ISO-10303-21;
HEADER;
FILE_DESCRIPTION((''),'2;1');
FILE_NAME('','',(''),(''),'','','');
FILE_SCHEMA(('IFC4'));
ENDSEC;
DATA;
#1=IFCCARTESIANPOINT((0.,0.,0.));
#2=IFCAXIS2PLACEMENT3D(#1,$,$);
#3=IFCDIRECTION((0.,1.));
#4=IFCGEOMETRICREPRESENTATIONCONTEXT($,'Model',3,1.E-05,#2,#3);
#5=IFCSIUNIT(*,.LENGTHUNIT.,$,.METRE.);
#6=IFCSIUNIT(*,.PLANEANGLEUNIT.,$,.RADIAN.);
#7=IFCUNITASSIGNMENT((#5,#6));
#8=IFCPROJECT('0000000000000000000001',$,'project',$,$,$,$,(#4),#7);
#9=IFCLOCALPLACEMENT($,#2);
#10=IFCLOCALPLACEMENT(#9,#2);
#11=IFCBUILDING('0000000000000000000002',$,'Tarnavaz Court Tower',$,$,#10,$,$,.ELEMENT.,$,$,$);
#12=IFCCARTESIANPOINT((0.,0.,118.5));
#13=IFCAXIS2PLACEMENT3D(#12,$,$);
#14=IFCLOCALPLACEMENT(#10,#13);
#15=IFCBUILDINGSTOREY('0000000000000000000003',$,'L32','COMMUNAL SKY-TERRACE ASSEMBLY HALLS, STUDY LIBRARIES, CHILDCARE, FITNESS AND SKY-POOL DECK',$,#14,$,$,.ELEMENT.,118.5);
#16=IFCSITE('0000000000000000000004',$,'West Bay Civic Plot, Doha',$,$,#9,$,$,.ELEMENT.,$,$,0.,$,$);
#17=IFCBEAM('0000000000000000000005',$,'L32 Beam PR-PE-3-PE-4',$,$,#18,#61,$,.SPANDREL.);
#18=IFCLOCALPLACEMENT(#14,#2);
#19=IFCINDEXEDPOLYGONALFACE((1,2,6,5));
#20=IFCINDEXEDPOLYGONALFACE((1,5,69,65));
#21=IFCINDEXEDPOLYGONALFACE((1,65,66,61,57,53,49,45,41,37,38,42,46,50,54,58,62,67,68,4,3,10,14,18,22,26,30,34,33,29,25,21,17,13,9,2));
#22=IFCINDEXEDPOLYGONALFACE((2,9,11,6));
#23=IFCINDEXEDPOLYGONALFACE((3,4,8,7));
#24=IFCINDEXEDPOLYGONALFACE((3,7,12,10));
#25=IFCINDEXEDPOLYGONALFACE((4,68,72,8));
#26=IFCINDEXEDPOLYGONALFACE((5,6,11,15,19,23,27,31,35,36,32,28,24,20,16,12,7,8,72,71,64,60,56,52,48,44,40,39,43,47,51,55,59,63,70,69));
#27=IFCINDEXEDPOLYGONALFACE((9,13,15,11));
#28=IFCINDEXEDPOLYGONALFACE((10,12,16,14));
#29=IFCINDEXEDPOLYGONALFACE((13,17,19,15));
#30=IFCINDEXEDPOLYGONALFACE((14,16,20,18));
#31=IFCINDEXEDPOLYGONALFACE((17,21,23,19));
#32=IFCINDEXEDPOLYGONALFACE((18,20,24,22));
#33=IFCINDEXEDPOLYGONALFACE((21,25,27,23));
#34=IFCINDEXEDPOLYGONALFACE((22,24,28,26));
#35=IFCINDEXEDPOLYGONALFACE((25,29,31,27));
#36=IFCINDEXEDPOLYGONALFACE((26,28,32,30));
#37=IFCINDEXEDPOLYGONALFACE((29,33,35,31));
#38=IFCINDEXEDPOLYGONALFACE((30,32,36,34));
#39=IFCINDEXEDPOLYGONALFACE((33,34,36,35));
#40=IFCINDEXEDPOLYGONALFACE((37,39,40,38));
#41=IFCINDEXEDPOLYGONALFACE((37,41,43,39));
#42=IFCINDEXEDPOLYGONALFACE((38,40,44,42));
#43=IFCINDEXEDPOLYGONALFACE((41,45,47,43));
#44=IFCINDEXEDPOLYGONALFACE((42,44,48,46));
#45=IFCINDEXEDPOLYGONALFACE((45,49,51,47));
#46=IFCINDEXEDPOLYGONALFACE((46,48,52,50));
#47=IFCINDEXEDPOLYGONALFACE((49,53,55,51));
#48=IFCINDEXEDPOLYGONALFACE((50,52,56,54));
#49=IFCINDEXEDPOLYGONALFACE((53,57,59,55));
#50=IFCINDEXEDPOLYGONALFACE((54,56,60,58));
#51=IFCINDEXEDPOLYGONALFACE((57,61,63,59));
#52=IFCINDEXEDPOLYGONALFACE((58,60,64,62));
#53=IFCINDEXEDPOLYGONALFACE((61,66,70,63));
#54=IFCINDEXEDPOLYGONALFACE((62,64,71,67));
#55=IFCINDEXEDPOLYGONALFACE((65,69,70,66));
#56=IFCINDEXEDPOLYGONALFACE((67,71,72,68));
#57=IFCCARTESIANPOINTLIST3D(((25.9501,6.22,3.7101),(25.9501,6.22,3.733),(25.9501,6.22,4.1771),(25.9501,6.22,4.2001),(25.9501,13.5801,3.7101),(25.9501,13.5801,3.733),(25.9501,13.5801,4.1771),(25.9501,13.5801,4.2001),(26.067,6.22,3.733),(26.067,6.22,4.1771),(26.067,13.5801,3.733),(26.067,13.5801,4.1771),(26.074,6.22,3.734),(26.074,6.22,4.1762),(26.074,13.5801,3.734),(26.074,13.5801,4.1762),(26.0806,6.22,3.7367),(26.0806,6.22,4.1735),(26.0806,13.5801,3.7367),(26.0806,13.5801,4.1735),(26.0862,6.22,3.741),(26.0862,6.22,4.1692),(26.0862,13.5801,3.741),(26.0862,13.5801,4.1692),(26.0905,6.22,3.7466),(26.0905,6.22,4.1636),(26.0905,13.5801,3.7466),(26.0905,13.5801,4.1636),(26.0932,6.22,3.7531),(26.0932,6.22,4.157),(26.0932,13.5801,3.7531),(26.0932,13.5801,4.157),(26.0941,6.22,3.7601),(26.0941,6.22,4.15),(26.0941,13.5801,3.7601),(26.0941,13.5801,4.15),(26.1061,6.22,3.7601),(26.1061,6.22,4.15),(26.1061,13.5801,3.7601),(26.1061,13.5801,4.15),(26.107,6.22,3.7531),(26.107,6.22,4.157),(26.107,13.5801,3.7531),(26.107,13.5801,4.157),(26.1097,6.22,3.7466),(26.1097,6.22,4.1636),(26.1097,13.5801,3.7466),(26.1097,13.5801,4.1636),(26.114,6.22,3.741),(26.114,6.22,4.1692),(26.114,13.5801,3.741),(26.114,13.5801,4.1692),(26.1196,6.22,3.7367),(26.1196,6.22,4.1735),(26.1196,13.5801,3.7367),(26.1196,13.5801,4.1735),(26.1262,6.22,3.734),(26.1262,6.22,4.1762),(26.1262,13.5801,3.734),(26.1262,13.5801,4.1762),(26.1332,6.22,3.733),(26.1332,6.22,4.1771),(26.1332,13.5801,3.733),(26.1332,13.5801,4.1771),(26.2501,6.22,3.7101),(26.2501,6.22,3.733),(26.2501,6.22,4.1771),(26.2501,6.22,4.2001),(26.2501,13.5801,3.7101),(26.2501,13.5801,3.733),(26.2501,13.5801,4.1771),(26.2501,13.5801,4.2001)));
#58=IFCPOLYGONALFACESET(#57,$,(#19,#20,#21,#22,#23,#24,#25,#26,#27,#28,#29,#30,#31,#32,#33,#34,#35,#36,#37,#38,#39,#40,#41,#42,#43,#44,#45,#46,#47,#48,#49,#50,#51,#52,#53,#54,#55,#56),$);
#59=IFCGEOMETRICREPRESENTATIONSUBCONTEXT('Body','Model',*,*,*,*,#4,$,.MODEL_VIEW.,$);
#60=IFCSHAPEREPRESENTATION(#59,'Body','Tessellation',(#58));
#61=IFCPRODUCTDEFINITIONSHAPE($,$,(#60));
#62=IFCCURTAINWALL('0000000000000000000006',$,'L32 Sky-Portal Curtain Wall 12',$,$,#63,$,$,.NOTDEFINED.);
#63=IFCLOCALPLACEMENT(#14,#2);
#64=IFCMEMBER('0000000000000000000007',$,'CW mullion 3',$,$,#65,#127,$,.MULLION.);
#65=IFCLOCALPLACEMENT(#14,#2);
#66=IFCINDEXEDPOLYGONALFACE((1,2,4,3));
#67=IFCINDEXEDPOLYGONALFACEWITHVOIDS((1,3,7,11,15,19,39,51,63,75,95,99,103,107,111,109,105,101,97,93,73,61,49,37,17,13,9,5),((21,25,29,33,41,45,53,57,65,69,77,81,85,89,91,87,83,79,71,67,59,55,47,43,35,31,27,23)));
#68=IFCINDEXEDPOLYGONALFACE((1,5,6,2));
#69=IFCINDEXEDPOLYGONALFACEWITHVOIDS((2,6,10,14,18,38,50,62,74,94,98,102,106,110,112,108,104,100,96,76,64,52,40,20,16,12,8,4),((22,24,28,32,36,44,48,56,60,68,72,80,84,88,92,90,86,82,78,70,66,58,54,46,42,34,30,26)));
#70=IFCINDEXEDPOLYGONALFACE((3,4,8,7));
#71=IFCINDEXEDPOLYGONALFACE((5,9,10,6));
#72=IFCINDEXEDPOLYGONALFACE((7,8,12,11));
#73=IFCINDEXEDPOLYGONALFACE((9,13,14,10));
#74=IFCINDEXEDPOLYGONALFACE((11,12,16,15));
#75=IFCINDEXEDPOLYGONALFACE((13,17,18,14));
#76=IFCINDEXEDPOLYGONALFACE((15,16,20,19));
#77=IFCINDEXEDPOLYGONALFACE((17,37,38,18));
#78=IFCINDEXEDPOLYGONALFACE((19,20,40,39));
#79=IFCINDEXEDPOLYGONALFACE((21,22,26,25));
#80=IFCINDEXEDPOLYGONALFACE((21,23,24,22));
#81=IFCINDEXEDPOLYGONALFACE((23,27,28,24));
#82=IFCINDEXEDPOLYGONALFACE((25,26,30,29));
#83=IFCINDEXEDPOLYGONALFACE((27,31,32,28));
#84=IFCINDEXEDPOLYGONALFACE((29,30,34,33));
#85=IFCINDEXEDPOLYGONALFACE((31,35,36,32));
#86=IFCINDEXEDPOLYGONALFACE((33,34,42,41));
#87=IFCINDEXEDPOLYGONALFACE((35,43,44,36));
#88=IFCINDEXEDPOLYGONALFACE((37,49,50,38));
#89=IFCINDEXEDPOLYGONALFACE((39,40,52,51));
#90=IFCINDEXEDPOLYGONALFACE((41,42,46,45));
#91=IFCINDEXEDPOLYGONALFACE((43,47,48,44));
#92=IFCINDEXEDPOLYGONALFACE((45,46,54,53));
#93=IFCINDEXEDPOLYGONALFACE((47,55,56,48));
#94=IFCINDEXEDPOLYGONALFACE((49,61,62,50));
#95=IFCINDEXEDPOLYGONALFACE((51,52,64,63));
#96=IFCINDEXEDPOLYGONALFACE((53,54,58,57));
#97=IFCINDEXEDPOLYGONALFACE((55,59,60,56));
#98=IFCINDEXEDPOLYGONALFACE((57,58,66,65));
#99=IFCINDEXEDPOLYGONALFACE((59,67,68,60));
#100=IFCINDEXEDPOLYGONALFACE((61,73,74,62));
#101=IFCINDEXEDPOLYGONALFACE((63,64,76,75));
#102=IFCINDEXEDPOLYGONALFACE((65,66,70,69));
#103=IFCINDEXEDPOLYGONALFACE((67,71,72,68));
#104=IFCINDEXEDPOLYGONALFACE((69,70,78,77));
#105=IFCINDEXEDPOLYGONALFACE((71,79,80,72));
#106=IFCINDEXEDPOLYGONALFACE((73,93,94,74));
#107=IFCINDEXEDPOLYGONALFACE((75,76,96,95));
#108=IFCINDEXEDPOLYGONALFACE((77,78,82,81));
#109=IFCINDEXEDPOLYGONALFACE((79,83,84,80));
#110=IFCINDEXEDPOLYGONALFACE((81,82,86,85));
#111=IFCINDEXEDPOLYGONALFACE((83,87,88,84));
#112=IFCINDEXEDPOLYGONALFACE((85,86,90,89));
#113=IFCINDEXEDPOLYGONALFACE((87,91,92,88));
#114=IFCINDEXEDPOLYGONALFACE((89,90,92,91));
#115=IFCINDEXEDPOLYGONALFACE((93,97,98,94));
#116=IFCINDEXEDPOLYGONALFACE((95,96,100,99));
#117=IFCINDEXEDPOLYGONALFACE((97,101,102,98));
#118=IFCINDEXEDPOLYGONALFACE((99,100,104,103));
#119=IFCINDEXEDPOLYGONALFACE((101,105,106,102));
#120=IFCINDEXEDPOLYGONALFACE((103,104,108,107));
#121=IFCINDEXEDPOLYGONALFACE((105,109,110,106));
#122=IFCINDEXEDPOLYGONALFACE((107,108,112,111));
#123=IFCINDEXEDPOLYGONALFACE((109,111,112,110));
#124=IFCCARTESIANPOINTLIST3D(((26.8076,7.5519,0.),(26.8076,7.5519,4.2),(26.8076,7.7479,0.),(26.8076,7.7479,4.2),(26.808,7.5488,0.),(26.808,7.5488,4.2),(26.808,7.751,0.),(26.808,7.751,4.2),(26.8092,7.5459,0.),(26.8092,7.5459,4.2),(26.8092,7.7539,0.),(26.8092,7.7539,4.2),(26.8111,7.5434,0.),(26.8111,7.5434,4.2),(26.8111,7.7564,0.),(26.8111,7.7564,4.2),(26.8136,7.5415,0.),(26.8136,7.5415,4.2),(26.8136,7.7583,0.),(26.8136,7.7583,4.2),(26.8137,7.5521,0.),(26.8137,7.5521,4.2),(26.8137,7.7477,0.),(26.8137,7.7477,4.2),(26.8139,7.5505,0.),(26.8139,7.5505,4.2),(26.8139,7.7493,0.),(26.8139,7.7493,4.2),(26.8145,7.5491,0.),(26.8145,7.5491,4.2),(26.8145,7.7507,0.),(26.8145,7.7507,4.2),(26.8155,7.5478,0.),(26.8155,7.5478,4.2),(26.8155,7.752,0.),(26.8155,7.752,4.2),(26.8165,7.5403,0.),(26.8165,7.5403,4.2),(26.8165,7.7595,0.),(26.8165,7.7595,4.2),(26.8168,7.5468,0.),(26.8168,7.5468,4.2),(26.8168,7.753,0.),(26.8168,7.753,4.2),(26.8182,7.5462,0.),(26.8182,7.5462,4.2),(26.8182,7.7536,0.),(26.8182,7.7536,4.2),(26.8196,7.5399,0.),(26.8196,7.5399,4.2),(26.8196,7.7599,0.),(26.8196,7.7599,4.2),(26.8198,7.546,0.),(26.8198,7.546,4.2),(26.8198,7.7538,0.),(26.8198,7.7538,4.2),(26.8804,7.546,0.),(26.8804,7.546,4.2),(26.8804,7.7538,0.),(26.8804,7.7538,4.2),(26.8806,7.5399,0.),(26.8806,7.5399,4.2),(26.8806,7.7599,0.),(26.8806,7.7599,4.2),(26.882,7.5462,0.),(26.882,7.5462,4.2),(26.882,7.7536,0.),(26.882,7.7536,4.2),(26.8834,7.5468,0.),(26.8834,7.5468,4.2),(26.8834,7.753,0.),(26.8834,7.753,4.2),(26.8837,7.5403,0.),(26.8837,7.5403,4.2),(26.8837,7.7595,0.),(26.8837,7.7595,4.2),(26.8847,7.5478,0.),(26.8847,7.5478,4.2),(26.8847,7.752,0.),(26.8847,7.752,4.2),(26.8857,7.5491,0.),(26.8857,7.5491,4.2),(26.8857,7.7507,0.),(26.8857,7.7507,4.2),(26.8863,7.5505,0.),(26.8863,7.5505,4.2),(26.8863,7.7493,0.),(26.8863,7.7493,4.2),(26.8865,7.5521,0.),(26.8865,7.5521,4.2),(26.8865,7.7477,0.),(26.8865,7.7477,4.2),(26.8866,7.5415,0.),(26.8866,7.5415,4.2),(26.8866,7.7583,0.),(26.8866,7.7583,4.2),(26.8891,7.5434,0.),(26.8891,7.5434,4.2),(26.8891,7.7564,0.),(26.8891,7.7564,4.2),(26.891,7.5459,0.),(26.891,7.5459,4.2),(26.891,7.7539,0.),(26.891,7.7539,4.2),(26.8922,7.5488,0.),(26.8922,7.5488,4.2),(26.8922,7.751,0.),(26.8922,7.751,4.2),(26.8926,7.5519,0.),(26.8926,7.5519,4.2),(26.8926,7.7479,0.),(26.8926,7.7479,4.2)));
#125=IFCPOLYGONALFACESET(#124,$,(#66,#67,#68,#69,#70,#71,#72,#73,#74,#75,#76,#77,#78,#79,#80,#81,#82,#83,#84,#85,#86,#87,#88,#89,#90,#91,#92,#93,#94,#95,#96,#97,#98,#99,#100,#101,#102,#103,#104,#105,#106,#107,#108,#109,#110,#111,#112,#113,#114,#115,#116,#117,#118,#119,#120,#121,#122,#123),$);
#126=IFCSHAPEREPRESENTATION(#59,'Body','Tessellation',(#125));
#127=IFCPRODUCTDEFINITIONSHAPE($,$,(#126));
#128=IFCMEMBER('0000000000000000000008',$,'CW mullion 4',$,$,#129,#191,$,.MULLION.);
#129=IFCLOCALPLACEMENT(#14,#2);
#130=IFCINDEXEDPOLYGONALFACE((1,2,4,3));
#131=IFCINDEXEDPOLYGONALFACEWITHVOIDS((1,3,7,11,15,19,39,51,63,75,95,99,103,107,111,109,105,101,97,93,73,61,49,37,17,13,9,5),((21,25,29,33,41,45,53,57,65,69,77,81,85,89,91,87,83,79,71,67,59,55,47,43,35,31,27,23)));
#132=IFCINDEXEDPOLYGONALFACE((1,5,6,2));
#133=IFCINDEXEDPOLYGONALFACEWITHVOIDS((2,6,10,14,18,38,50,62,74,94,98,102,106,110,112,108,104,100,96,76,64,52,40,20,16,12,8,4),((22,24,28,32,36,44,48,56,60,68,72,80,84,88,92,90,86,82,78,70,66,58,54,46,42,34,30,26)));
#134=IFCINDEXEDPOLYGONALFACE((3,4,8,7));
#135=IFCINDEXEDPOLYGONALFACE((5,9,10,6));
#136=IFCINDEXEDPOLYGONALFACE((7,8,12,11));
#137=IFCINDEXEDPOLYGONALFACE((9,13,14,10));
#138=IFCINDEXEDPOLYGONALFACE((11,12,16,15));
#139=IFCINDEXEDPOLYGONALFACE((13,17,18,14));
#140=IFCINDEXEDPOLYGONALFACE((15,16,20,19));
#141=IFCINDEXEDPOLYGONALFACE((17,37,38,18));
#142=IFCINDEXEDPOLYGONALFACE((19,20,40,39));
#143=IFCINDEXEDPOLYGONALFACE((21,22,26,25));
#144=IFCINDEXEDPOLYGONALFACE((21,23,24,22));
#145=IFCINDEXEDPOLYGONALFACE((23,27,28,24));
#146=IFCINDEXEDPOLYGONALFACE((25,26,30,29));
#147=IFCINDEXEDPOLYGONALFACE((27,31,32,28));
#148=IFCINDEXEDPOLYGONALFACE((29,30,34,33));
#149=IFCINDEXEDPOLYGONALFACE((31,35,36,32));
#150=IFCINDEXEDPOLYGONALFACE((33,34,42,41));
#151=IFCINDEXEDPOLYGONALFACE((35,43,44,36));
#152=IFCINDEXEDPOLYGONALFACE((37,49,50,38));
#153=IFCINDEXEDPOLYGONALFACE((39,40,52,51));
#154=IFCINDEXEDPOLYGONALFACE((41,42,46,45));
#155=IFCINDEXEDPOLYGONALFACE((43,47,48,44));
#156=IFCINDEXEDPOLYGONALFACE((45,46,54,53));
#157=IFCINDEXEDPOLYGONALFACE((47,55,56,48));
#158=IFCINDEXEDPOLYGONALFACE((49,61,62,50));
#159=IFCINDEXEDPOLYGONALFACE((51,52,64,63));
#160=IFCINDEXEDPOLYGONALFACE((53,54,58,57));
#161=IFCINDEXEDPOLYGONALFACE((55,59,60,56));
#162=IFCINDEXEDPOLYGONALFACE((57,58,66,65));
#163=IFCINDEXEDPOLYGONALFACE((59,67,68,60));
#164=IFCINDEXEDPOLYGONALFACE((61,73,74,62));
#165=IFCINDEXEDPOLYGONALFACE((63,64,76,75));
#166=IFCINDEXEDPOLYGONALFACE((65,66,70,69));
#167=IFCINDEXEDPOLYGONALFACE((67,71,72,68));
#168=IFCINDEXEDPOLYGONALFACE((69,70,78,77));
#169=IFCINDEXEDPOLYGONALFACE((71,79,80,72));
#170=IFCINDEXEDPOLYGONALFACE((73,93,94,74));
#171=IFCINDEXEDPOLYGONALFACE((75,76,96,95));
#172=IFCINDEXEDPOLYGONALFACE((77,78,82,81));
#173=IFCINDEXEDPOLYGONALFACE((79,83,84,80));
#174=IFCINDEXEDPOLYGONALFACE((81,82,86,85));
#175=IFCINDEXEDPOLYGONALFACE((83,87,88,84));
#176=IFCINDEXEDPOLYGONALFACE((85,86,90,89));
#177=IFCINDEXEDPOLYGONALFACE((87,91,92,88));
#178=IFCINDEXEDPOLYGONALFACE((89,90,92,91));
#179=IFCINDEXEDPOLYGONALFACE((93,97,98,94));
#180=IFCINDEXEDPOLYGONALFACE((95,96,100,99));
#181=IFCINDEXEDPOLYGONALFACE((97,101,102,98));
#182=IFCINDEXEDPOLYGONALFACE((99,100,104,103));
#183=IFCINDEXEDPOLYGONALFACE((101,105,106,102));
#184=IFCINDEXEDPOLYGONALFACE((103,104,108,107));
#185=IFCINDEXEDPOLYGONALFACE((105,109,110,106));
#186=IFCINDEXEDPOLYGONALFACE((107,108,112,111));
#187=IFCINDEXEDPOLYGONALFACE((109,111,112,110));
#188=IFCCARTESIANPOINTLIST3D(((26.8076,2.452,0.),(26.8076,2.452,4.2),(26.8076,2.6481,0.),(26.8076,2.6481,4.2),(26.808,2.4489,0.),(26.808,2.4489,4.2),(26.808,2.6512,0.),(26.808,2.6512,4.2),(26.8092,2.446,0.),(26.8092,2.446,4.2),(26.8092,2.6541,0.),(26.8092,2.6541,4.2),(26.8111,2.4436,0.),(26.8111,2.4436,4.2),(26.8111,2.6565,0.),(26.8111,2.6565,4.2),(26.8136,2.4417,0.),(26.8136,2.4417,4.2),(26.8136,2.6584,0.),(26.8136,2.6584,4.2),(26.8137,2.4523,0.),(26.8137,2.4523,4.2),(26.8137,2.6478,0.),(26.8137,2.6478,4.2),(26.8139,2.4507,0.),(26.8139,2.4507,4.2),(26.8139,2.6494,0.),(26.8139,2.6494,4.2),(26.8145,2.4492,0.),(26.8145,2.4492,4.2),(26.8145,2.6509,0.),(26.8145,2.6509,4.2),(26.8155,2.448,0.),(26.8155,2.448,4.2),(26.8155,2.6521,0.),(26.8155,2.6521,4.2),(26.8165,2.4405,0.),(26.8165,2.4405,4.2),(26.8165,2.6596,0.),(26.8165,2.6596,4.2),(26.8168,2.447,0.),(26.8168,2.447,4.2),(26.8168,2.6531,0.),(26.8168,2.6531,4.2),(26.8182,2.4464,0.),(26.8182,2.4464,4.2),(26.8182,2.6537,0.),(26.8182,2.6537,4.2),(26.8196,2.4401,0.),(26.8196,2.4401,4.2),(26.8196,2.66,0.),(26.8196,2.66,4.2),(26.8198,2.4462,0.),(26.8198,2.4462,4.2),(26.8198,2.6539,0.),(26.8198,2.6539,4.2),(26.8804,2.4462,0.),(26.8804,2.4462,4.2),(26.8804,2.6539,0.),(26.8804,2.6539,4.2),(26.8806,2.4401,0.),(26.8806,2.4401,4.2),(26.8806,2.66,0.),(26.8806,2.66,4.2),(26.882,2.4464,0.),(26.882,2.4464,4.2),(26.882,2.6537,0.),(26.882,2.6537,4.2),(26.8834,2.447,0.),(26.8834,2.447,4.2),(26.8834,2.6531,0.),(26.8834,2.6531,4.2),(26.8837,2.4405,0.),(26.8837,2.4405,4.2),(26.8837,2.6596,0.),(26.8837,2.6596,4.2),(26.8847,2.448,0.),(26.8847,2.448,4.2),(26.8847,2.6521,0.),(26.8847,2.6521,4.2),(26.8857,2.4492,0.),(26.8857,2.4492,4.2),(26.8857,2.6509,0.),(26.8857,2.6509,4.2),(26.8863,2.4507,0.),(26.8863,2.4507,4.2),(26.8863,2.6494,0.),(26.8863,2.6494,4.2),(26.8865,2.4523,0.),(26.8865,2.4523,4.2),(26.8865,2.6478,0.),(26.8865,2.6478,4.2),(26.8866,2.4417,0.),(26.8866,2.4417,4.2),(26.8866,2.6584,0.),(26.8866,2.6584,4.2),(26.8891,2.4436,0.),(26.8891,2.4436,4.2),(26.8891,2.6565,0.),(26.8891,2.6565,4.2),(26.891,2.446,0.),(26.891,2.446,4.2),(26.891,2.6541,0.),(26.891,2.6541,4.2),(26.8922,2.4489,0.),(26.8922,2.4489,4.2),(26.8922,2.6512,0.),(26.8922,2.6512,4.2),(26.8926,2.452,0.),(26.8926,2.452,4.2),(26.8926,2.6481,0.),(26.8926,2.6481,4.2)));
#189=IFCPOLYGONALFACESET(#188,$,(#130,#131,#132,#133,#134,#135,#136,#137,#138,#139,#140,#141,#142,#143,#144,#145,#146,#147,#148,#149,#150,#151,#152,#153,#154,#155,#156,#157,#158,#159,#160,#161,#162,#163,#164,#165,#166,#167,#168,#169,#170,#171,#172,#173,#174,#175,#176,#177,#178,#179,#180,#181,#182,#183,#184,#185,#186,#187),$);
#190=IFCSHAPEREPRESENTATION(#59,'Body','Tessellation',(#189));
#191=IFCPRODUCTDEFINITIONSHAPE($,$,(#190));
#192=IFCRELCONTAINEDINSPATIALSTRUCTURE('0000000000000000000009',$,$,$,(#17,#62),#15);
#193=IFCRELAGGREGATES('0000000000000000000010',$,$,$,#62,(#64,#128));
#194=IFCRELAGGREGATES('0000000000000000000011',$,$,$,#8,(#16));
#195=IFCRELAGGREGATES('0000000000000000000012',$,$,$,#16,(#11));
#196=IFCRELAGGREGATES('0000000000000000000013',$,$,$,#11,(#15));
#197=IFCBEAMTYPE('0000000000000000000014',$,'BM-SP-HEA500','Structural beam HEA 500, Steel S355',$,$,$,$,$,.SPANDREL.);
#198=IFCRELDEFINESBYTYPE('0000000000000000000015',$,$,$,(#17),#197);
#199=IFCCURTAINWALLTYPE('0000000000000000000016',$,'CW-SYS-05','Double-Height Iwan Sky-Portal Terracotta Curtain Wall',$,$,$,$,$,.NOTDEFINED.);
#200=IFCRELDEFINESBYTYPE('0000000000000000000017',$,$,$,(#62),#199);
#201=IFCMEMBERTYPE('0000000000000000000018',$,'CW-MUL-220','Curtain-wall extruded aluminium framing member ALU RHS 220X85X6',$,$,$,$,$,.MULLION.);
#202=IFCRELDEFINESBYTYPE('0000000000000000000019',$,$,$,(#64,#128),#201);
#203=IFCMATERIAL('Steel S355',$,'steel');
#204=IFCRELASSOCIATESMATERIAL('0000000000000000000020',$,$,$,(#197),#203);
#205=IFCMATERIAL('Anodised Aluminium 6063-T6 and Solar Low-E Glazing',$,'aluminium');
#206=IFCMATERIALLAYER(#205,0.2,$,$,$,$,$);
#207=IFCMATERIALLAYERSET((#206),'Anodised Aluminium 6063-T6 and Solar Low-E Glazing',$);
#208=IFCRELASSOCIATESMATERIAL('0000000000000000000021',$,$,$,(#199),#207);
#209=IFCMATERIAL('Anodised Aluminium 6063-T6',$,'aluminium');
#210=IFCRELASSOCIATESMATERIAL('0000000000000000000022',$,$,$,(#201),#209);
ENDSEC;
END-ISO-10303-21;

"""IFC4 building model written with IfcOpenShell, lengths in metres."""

from ifc_helpers import new_model, si_unit, direction, frame, origin, origin_2d, place, context, subcontext, project, spatial, hollow_rectangle, i_section, extrude, material, layer, layer_set, material_profile, profile_set, type_object, element, aggregate, save


model = new_model("IFC4")

# Units and contexts
model_context = context("Model", 3, precision=1e-05, world=origin(), true_north=direction((0.0, 1.0)))
body_context = subcontext(model_context, "Body", "Model", "MODEL_VIEW")
ifc_project = project(units=[si_unit("LENGTHUNIT", "METRE"), si_unit("PLANEANGLEUNIT", "RADIAN")], contexts=[model_context])

# Site, building, storey
site_placement = place(None, origin())
site = spatial("IfcSite", under=ifc_project, at=site_placement, Name="West Bay Civic Plot, Doha", CompositionType="ELEMENT", RefElevation=0.0)
building_placement = place(site_placement, origin())
building = spatial("IfcBuilding", under=site, at=building_placement, Name="Tarnavaz Court Tower", CompositionType="ELEMENT")
storey_placement = place(building_placement, frame((0.0, 0.0, 118.5)))
storey = spatial("IfcBuildingStorey", under=building, at=storey_placement, Name="L32", Description="COMMUNAL SKY-TERRACE ASSEMBLY HALLS, STUDY LIBRARIES, CHILDCARE, FITNESS AND SKY-POOL DECK", CompositionType="ELEMENT", Elevation=118.5)

# Beam
ifc_material_1 = material(Name="Steel S355", Category="steel")
ifc_material_profile_1 = material_profile(ifc_material_1, i_section(OverallWidth=0.3, OverallDepth=0.49, WebThickness=0.012, FlangeThickness=0.0229, FilletRadius=0.0271, at=origin_2d()), Name="HEA 500")
ifc_profile_set_1 = profile_set([ifc_material_profile_1], Name="Steel S355")
beam_type_1 = type_object("IfcBeamType", Name="BM-SP-HEA500", Description="Structural beam HEA 500, Steel S355", PredefinedType="SPANDREL", material=ifc_profile_set_1)
beam_1_placement = place(storey_placement, frame((26.1001, 6.22, 3.9551), z_axis=(0.0, 1.0, 0.0), x_axis=(-1.0, 0.0, 0.0)))
element("IfcBeam", 1, at=beam_1_placement, inside=storey, type_object=beam_type_1, Name="L32 Beam PR-PE-3-PE-4", PredefinedType="SPANDREL", context=body_context, shape_type="SweptSolid", body=[
    extrude(i_section(OverallWidth=0.3, OverallDepth=0.49, WebThickness=0.012, FlangeThickness=0.0229, FilletRadius=0.0271, at=origin_2d()), origin(), (0.0, 0.0, 1.0), 7.3601),
])

# Curtain wall, members
ifc_material_2 = material(Name="Anodised Aluminium 6063-T6 and Solar Low-E Glazing", Category="aluminium")
ifc_layer_1 = layer(ifc_material_2, 0.2)
ifc_layer_set_1 = layer_set([ifc_layer_1], Name="Anodised Aluminium 6063-T6 and Solar Low-E Glazing")
curtain_wall_type = type_object("IfcCurtainWallType", Name="CW-SYS-05", Description="Double-Height Iwan Sky-Portal Terracotta Curtain Wall", PredefinedType="NOTDEFINED", material=ifc_layer_set_1)
curtain_wall_placement = place(storey_placement, origin())
curtain_wall = element("IfcCurtainWall", 2, at=curtain_wall_placement, inside=storey, type_object=curtain_wall_type, Name="L32 Sky-Portal Curtain Wall 12", PredefinedType="NOTDEFINED")
ifc_material_3 = material(Name="Anodised Aluminium 6063-T6", Category="aluminium")
ifc_material_profile_2 = material_profile(ifc_material_3, hollow_rectangle(XDim=0.085, YDim=0.22, WallThickness=0.0061, InnerFilletRadius=0.0061, OuterFilletRadius=0.012, at=origin_2d()), Name="ALU RHS 220X85X6")
ifc_profile_set_2 = profile_set([ifc_material_profile_2], Name="Anodised Aluminium 6063-T6")
member_type_1 = type_object("IfcMemberType", Name="CW-MUL-220", Description="Curtain-wall extruded aluminium framing member ALU RHS 220X85X6", PredefinedType="MULLION", material=ifc_profile_set_2)
member_1_placement = place(storey_placement, frame((26.8501, 7.6499, 0.0), z_axis=(0.0, 0.0, 1.0), x_axis=(1.0, 0.0, 0.0)))
member_1 = element("IfcMember", 3, at=member_1_placement, type_object=member_type_1, Name="CW mullion 3", PredefinedType="MULLION", context=body_context, shape_type="SweptSolid", body=[
    extrude(hollow_rectangle(XDim=0.085, YDim=0.22, WallThickness=0.0061, InnerFilletRadius=0.0061, OuterFilletRadius=0.012, at=origin_2d()), origin(), (0.0, 0.0, 1.0), 4.2),
])
member_2_placement = place(storey_placement, frame((26.8501, 2.55, 0.0), z_axis=(0.0, 0.0, 1.0), x_axis=(1.0, 0.0, 0.0)))
member_2 = element("IfcMember", 4, at=member_2_placement, type_object=member_type_1, Name="CW mullion 4", PredefinedType="MULLION", context=body_context, shape_type="SweptSolid", body=[
    extrude(hollow_rectangle(XDim=0.085, YDim=0.22, WallThickness=0.0061, InnerFilletRadius=0.0061, OuterFilletRadius=0.012, at=origin_2d()), origin(), (0.0, 0.0, 1.0), 4.2),
])
aggregate(curtain_wall, [member_1, member_2])

save(model, "model.ifc")
